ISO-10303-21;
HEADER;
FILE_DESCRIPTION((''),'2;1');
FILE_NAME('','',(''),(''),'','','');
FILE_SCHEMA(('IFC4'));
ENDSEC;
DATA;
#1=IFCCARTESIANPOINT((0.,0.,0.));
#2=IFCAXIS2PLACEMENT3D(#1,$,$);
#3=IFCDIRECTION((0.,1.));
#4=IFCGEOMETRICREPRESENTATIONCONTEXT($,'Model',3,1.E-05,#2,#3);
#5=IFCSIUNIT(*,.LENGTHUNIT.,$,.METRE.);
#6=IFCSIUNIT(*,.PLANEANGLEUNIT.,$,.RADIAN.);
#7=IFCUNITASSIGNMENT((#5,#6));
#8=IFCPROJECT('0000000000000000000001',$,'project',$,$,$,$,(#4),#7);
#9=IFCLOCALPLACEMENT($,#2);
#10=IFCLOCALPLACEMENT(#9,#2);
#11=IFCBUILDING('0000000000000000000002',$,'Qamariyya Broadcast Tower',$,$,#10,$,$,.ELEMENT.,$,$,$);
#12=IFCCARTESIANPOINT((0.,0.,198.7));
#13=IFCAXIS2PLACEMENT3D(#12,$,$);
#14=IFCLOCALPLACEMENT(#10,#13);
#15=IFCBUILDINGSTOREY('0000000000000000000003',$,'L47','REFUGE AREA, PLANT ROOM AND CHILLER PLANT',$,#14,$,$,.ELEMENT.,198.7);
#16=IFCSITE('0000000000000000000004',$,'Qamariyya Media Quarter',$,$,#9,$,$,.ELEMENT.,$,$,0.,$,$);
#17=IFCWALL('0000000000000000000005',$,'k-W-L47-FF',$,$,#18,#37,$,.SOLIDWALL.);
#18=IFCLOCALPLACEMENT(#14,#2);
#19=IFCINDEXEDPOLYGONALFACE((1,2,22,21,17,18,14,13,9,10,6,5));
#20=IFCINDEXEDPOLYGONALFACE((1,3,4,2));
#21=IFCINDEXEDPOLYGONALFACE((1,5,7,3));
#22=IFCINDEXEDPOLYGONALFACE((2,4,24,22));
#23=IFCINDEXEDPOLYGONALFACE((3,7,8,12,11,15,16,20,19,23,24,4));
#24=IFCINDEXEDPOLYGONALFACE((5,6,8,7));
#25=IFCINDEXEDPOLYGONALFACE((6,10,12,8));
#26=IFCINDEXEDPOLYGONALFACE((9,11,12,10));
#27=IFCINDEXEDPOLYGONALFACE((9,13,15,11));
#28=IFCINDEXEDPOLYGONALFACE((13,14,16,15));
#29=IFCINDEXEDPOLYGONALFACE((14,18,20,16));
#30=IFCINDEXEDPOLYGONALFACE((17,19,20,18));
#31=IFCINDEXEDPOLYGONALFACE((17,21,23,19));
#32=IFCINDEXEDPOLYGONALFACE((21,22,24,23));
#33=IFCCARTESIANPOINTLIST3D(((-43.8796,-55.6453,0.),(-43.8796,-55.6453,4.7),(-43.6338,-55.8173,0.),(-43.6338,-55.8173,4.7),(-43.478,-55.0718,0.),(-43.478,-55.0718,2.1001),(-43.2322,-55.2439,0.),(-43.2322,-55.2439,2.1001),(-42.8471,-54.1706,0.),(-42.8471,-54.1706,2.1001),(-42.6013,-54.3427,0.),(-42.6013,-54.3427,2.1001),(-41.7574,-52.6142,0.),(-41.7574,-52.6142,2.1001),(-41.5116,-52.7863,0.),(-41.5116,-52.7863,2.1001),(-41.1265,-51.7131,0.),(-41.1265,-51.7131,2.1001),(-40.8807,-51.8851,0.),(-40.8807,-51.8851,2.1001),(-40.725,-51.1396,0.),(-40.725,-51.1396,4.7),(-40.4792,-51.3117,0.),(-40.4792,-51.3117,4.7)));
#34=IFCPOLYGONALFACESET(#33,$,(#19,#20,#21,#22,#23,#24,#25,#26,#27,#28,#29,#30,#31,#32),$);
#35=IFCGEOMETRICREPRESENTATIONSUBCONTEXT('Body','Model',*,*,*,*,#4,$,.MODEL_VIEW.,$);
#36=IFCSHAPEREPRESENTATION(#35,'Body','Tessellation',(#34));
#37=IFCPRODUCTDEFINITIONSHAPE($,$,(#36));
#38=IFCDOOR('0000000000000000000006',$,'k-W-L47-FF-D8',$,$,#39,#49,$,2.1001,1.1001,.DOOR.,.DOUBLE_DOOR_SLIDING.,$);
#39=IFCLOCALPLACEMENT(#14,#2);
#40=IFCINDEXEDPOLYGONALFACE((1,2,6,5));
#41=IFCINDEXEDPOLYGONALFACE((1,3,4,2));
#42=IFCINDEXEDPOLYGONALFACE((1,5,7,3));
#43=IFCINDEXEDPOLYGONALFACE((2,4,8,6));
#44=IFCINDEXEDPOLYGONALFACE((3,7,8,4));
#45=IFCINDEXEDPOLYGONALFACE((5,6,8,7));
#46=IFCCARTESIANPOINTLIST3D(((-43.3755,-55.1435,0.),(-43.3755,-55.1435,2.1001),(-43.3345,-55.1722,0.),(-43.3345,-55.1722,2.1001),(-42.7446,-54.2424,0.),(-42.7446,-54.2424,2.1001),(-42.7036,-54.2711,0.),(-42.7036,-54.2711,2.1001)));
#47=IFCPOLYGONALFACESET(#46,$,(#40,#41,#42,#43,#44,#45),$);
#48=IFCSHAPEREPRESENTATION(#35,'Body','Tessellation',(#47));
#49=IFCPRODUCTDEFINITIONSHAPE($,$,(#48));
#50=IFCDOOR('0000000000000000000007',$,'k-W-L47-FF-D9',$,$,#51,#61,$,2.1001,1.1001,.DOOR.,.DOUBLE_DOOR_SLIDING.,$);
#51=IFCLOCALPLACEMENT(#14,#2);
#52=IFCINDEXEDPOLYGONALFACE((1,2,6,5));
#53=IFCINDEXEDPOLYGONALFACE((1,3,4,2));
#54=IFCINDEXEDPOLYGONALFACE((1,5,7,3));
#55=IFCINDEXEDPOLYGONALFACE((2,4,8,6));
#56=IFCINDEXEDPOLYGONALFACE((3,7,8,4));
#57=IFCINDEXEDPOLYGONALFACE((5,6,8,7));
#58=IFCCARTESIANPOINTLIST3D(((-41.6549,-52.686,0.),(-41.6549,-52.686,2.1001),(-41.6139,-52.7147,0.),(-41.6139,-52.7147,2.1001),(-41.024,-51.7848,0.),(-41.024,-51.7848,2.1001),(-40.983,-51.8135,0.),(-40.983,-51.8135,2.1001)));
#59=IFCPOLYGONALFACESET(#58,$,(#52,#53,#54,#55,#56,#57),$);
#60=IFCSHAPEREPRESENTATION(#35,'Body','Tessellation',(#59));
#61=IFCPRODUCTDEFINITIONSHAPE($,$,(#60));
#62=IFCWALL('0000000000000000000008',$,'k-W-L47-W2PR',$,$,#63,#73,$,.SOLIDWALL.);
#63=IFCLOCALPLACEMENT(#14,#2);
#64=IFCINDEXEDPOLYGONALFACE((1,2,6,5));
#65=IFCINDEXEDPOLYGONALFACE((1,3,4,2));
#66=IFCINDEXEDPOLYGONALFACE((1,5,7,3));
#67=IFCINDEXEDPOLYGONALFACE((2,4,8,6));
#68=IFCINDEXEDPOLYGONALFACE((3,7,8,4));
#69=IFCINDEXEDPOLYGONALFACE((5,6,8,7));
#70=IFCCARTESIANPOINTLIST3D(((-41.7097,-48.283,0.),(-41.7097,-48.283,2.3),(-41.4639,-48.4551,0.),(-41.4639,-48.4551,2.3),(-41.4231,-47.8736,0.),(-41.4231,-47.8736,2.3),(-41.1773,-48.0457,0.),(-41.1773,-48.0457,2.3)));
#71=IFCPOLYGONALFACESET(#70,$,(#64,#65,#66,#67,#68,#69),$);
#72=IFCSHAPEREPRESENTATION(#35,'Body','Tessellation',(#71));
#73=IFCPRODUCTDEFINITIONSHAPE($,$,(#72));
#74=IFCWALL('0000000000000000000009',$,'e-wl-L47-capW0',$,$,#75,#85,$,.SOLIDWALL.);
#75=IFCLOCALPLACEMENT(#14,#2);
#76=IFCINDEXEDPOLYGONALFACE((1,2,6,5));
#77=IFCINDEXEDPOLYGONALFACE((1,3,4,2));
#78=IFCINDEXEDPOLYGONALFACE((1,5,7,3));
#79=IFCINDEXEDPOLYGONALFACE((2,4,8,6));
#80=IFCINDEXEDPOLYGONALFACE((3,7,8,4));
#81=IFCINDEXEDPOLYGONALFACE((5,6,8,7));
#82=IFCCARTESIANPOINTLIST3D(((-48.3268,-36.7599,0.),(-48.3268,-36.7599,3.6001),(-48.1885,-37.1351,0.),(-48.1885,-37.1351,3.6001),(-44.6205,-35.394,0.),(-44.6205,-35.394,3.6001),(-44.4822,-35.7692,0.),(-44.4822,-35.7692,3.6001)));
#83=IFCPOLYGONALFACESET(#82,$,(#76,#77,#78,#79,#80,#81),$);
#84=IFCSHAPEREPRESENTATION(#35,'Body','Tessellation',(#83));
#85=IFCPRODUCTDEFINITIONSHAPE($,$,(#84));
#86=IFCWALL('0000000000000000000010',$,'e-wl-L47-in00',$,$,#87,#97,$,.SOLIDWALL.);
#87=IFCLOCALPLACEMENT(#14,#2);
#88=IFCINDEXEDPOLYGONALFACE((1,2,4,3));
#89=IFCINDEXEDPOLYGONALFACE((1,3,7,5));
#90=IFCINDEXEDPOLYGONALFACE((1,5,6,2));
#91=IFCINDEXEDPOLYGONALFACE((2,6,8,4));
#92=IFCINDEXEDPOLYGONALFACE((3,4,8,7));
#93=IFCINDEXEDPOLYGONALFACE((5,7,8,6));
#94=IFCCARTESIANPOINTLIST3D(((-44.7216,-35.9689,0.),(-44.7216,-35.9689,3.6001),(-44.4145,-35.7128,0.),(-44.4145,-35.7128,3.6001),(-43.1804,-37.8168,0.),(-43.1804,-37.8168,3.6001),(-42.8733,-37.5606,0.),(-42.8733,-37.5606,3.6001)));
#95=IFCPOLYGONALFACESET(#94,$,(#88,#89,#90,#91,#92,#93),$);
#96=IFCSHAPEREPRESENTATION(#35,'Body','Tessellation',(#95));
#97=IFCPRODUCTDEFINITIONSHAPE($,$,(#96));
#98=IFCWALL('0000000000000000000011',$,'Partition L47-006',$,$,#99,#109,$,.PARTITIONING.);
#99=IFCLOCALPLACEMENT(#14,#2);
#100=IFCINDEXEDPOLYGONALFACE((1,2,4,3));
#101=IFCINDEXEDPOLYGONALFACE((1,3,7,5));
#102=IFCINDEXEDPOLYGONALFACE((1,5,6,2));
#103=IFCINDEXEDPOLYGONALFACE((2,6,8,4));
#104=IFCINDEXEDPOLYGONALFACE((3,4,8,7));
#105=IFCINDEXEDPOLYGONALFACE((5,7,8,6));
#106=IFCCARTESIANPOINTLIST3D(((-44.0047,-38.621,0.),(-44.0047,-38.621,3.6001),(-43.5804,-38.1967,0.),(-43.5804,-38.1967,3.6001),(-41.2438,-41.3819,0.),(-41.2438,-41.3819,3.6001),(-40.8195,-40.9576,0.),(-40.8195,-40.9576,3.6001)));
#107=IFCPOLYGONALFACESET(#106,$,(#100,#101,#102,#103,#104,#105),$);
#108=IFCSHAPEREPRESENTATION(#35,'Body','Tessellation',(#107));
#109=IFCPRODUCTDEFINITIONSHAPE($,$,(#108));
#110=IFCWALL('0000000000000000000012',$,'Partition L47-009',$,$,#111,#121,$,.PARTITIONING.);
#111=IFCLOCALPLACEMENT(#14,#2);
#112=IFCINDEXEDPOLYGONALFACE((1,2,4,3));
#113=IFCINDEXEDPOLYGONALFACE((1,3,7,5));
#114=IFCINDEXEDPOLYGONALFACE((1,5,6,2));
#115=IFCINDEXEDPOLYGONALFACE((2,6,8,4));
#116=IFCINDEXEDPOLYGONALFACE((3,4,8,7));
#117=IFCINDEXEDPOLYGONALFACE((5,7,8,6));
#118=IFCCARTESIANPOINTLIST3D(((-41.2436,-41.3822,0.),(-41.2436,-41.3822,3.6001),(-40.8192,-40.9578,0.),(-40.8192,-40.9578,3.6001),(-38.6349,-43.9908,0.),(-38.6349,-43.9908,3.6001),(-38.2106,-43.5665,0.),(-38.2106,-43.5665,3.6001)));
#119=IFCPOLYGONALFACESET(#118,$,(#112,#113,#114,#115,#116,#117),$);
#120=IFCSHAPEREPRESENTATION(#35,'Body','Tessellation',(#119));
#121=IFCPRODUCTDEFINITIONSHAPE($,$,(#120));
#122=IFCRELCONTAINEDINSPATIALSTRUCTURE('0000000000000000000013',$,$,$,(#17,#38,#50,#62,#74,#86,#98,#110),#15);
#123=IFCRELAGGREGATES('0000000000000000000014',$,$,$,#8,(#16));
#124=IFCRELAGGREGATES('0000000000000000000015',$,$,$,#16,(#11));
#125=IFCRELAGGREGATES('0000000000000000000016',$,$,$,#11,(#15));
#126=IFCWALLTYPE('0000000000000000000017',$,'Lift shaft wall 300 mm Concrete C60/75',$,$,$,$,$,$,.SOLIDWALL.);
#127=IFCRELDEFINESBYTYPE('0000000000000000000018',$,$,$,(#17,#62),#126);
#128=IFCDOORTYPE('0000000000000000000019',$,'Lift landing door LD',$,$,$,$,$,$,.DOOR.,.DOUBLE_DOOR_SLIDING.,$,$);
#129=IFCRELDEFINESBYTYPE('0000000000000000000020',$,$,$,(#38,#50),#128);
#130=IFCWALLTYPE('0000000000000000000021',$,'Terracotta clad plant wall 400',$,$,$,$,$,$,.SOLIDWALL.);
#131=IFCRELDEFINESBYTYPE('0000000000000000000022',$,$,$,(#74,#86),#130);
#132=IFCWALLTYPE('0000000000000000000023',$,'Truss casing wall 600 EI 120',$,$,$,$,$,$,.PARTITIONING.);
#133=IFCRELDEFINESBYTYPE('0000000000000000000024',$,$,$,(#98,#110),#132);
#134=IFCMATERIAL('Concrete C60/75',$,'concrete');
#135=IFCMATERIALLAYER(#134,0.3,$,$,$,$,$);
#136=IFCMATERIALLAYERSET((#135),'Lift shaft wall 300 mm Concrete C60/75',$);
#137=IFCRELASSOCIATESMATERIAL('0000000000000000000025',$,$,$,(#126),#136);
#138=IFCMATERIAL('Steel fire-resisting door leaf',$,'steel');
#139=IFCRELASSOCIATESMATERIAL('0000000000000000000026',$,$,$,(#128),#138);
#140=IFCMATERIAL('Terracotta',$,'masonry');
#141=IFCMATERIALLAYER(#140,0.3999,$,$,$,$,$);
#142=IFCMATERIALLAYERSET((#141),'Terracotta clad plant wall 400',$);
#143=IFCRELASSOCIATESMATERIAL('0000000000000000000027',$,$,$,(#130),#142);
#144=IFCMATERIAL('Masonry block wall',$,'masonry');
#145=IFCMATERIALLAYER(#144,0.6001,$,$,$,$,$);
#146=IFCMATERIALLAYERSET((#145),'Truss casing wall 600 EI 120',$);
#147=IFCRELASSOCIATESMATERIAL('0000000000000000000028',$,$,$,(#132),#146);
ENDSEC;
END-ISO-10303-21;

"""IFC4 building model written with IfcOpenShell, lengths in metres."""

from ifc_helpers import new_model, si_unit, direction, frame, frame_2d, origin, place, context, subcontext, project, spatial, rectangle, extrude, material, layer, layer_set, type_object, element, fill, save


model = new_model("IFC4")

# Units and contexts
model_context = context("Model", 3, precision=1e-05, world=origin(), true_north=direction((0.0, 1.0)))
body_context = subcontext(model_context, "Body", "Model", "MODEL_VIEW")
ifc_project = project(units=[si_unit("LENGTHUNIT", "METRE"), si_unit("PLANEANGLEUNIT", "RADIAN")], contexts=[model_context])

# Site, building, storey
site_placement = place(None, origin())
site = spatial("IfcSite", under=ifc_project, at=site_placement, Name="Qamariyya Media Quarter", CompositionType="ELEMENT", RefElevation=0.0)
building_placement = place(site_placement, origin())
building = spatial("IfcBuilding", under=site, at=building_placement, Name="Qamariyya Broadcast Tower", CompositionType="ELEMENT")
storey_placement = place(building_placement, frame((0.0, 0.0, 198.7)))
storey = spatial("IfcBuildingStorey", under=building, at=storey_placement, Name="L47", Description="REFUGE AREA, PLANT ROOM AND CHILLER PLANT", CompositionType="ELEMENT", Elevation=198.7)

# Shared definitions
ifc_material_1 = material(Name="Concrete C60/75", Category="concrete")

# Wall, openings, doors
ifc_layer_1 = layer(ifc_material_1, 0.3)
ifc_layer_set_1 = layer_set([ifc_layer_1], Name="Lift shaft wall 300 mm Concrete C60/75")
wall_type_1 = type_object("IfcWallType", Name="Lift shaft wall 300 mm Concrete C60/75", PredefinedType="SOLIDWALL", material=ifc_layer_set_1)
wall_1_placement = place(storey_placement, frame((-43.7566, -55.7312, 0.0), z_axis=(0.0, 0.0, 1.0), x_axis=(0.573537, 0.81918, 0.0)))
wall_1 = element("IfcWall", 1, at=wall_1_placement, inside=storey, type_object=wall_type_1, Name="k-W-L47-FF", PredefinedType="SOLIDWALL", context=body_context, shape_type="SweptSolid", body=[
    extrude(rectangle(XDim=5.5002, YDim=0.3, at=frame_2d((2.75, 0.0))), origin(), (0.0, 0.0, 1.0), 4.7),
])
opening_1_placement = place(wall_1_placement, frame((0.7, 0.0, 0.0)))
opening_1 = element("IfcOpeningElement", 2, at=opening_1_placement, cuts=wall_1, PredefinedType="OPENING", context=body_context, shape_type="SweptSolid", body=[
    extrude(rectangle(XDim=1.1001, YDim=2.1001, at=frame_2d((0.55, 1.05))), frame((0.0, 0.1599, 0.0), z_axis=(0.0, -1.0, 0.0), x_axis=(1.0, 0.0, 0.0)), (0.0, 0.0, 1.0), 0.3201),
])
opening_2_placement = place(wall_1_placement, frame((3.7, 0.0, 0.0)))
opening_2 = element("IfcOpeningElement", 3, at=opening_2_placement, cuts=wall_1, PredefinedType="OPENING", context=body_context, shape_type="SweptSolid", body=[
    extrude(rectangle(XDim=1.1001, YDim=2.1001, at=frame_2d((0.55, 1.05))), frame((0.0, 0.1599, 0.0), z_axis=(0.0, -1.0, 0.0), x_axis=(1.0, 0.0, 0.0)), (0.0, 0.0, 1.0), 0.3201),
])
ifc_material_2 = material(Name="Steel fire-resisting door leaf", Category="steel")
door_type = type_object("IfcDoorType", Name="Lift landing door LD", OperationType="DOUBLE_DOOR_SLIDING", PredefinedType="DOOR", material=ifc_material_2)
door_1_placement = place(opening_1_placement, origin())
door_1 = element("IfcDoor", 4, at=door_1_placement, inside=storey, type_object=door_type, Name="k-W-L47-FF-D8", OperationType="DOUBLE_DOOR_SLIDING", OverallHeight=2.1001, OverallWidth=1.1001, PredefinedType="DOOR", context=body_context, shape_type="SweptSolid", body=[
    extrude(rectangle(XDim=1.1001, YDim=2.1001, at=frame_2d((0.55, 1.05))), frame((0.0, 0.0249, 0.0), z_axis=(0.0, -1.0, 0.0), x_axis=(1.0, 0.0, 0.0)), (0.0, 0.0, 1.0), 0.05),
])
fill(opening_1, door_1)
door_2_placement = place(opening_2_placement, origin())
door_2 = element("IfcDoor", 5, at=door_2_placement, inside=storey, type_object=door_type, Name="k-W-L47-FF-D9", OperationType="DOUBLE_DOOR_SLIDING", OverallHeight=2.1001, OverallWidth=1.1001, PredefinedType="DOOR", context=body_context, shape_type="SweptSolid", body=[
    extrude(rectangle(XDim=1.1001, YDim=2.1001, at=frame_2d((0.55, 1.05))), frame((0.0, 0.0249, 0.0), z_axis=(0.0, -1.0, 0.0), x_axis=(1.0, 0.0, 0.0)), (0.0, 0.0, 1.0), 0.05),
])
fill(opening_2, door_2)

# Walls
wall_2_placement = place(storey_placement, frame((-41.5869, -48.3691, 0.0), z_axis=(0.0, 0.0, 1.0), x_axis=(0.573495, 0.819209, 0.0)))
element("IfcWall", 6, at=wall_2_placement, inside=storey, type_object=wall_type_1, Name="k-W-L47-W2PR", PredefinedType="SOLIDWALL", context=body_context, shape_type="SweptSolid", body=[
    extrude(rectangle(XDim=0.4998, YDim=0.3, at=frame_2d((0.25, 0.0))), origin(), (0.0, 0.0, 1.0), 2.3),
])
ifc_material_3 = material(Name="Terracotta", Category="masonry")
ifc_layer_2 = layer(ifc_material_3, 0.3999)
ifc_layer_set_2 = layer_set([ifc_layer_2], Name="Terracotta clad plant wall 400")
wall_type_2 = type_object("IfcWallType", Name="Terracotta clad plant wall 400", PredefinedType="SOLIDWALL", material=ifc_layer_set_2)
wall_3_placement = place(storey_placement, frame((-44.5513, -35.5815, 0.0), z_axis=(0.0, 0.0, 1.0), x_axis=(-0.938303, -0.345814, 0.0)))
element("IfcWall", 7, at=wall_3_placement, inside=storey, type_object=wall_type_2, Name="e-wl-L47-capW0", PredefinedType="SOLIDWALL", context=body_context, shape_type="SweptSolid", body=[
    extrude(rectangle(XDim=3.95, YDim=0.3999, at=frame_2d((1.9751, 0.0))), origin(), (0.0, 0.0, 1.0), 3.6001),
])
wall_4_placement = place(storey_placement, frame((-43.0269, -37.6887, 0.0), z_axis=(0.0, 0.0, 1.0), x_axis=(-0.640514, 0.767947, 0.0)))
element("IfcWall", 8, at=wall_4_placement, inside=storey, type_object=wall_type_2, Name="e-wl-L47-in00", PredefinedType="SOLIDWALL", context=body_context, shape_type="SweptSolid", body=[
    extrude(rectangle(XDim=2.4062, YDim=0.3999, at=frame_2d((1.2031, 0.0))), origin(), (0.0, 0.0, 1.0), 3.6001),
])
ifc_material_4 = material(Name="Masonry block wall", Category="masonry")
ifc_layer_3 = layer(ifc_material_4, 0.6001)
ifc_layer_set_3 = layer_set([ifc_layer_3], Name="Truss casing wall 600 EI 120")
wall_type_3 = type_object("IfcWallType", Name="Truss casing wall 600 EI 120", PredefinedType="PARTITIONING", material=ifc_layer_set_3)
wall_5_placement = place(storey_placement, frame((-43.7925, -38.4089, 0.0), z_axis=(0.0, 0.0, 1.0), x_axis=(0.707107, -0.707107, 0.0)))
element("IfcWall", 9, at=wall_5_placement, inside=storey, type_object=wall_type_3, Name="Partition L47-006", PredefinedType="PARTITIONING", context=body_context, shape_type="SweptSolid", body=[
    extrude(rectangle(XDim=3.9045, YDim=0.6001, at=frame_2d((1.9521, 0.0))), origin(), (0.0, 0.0, 1.0), 3.6001),
])
wall_6_placement = place(storey_placement, frame((-41.0315, -41.1699, 0.0), z_axis=(0.0, 0.0, 1.0), x_axis=(0.707107, -0.707107, 0.0)))
element("IfcWall", 10, at=wall_6_placement, inside=storey, type_object=wall_type_3, Name="Partition L47-009", PredefinedType="PARTITIONING", context=body_context, shape_type="SweptSolid", body=[
    extrude(rectangle(XDim=3.6892, YDim=0.6001, at=frame_2d((1.8447, 0.0))), origin(), (0.0, 0.0, 1.0), 3.6001),
])

save(model, "model.ifc")
